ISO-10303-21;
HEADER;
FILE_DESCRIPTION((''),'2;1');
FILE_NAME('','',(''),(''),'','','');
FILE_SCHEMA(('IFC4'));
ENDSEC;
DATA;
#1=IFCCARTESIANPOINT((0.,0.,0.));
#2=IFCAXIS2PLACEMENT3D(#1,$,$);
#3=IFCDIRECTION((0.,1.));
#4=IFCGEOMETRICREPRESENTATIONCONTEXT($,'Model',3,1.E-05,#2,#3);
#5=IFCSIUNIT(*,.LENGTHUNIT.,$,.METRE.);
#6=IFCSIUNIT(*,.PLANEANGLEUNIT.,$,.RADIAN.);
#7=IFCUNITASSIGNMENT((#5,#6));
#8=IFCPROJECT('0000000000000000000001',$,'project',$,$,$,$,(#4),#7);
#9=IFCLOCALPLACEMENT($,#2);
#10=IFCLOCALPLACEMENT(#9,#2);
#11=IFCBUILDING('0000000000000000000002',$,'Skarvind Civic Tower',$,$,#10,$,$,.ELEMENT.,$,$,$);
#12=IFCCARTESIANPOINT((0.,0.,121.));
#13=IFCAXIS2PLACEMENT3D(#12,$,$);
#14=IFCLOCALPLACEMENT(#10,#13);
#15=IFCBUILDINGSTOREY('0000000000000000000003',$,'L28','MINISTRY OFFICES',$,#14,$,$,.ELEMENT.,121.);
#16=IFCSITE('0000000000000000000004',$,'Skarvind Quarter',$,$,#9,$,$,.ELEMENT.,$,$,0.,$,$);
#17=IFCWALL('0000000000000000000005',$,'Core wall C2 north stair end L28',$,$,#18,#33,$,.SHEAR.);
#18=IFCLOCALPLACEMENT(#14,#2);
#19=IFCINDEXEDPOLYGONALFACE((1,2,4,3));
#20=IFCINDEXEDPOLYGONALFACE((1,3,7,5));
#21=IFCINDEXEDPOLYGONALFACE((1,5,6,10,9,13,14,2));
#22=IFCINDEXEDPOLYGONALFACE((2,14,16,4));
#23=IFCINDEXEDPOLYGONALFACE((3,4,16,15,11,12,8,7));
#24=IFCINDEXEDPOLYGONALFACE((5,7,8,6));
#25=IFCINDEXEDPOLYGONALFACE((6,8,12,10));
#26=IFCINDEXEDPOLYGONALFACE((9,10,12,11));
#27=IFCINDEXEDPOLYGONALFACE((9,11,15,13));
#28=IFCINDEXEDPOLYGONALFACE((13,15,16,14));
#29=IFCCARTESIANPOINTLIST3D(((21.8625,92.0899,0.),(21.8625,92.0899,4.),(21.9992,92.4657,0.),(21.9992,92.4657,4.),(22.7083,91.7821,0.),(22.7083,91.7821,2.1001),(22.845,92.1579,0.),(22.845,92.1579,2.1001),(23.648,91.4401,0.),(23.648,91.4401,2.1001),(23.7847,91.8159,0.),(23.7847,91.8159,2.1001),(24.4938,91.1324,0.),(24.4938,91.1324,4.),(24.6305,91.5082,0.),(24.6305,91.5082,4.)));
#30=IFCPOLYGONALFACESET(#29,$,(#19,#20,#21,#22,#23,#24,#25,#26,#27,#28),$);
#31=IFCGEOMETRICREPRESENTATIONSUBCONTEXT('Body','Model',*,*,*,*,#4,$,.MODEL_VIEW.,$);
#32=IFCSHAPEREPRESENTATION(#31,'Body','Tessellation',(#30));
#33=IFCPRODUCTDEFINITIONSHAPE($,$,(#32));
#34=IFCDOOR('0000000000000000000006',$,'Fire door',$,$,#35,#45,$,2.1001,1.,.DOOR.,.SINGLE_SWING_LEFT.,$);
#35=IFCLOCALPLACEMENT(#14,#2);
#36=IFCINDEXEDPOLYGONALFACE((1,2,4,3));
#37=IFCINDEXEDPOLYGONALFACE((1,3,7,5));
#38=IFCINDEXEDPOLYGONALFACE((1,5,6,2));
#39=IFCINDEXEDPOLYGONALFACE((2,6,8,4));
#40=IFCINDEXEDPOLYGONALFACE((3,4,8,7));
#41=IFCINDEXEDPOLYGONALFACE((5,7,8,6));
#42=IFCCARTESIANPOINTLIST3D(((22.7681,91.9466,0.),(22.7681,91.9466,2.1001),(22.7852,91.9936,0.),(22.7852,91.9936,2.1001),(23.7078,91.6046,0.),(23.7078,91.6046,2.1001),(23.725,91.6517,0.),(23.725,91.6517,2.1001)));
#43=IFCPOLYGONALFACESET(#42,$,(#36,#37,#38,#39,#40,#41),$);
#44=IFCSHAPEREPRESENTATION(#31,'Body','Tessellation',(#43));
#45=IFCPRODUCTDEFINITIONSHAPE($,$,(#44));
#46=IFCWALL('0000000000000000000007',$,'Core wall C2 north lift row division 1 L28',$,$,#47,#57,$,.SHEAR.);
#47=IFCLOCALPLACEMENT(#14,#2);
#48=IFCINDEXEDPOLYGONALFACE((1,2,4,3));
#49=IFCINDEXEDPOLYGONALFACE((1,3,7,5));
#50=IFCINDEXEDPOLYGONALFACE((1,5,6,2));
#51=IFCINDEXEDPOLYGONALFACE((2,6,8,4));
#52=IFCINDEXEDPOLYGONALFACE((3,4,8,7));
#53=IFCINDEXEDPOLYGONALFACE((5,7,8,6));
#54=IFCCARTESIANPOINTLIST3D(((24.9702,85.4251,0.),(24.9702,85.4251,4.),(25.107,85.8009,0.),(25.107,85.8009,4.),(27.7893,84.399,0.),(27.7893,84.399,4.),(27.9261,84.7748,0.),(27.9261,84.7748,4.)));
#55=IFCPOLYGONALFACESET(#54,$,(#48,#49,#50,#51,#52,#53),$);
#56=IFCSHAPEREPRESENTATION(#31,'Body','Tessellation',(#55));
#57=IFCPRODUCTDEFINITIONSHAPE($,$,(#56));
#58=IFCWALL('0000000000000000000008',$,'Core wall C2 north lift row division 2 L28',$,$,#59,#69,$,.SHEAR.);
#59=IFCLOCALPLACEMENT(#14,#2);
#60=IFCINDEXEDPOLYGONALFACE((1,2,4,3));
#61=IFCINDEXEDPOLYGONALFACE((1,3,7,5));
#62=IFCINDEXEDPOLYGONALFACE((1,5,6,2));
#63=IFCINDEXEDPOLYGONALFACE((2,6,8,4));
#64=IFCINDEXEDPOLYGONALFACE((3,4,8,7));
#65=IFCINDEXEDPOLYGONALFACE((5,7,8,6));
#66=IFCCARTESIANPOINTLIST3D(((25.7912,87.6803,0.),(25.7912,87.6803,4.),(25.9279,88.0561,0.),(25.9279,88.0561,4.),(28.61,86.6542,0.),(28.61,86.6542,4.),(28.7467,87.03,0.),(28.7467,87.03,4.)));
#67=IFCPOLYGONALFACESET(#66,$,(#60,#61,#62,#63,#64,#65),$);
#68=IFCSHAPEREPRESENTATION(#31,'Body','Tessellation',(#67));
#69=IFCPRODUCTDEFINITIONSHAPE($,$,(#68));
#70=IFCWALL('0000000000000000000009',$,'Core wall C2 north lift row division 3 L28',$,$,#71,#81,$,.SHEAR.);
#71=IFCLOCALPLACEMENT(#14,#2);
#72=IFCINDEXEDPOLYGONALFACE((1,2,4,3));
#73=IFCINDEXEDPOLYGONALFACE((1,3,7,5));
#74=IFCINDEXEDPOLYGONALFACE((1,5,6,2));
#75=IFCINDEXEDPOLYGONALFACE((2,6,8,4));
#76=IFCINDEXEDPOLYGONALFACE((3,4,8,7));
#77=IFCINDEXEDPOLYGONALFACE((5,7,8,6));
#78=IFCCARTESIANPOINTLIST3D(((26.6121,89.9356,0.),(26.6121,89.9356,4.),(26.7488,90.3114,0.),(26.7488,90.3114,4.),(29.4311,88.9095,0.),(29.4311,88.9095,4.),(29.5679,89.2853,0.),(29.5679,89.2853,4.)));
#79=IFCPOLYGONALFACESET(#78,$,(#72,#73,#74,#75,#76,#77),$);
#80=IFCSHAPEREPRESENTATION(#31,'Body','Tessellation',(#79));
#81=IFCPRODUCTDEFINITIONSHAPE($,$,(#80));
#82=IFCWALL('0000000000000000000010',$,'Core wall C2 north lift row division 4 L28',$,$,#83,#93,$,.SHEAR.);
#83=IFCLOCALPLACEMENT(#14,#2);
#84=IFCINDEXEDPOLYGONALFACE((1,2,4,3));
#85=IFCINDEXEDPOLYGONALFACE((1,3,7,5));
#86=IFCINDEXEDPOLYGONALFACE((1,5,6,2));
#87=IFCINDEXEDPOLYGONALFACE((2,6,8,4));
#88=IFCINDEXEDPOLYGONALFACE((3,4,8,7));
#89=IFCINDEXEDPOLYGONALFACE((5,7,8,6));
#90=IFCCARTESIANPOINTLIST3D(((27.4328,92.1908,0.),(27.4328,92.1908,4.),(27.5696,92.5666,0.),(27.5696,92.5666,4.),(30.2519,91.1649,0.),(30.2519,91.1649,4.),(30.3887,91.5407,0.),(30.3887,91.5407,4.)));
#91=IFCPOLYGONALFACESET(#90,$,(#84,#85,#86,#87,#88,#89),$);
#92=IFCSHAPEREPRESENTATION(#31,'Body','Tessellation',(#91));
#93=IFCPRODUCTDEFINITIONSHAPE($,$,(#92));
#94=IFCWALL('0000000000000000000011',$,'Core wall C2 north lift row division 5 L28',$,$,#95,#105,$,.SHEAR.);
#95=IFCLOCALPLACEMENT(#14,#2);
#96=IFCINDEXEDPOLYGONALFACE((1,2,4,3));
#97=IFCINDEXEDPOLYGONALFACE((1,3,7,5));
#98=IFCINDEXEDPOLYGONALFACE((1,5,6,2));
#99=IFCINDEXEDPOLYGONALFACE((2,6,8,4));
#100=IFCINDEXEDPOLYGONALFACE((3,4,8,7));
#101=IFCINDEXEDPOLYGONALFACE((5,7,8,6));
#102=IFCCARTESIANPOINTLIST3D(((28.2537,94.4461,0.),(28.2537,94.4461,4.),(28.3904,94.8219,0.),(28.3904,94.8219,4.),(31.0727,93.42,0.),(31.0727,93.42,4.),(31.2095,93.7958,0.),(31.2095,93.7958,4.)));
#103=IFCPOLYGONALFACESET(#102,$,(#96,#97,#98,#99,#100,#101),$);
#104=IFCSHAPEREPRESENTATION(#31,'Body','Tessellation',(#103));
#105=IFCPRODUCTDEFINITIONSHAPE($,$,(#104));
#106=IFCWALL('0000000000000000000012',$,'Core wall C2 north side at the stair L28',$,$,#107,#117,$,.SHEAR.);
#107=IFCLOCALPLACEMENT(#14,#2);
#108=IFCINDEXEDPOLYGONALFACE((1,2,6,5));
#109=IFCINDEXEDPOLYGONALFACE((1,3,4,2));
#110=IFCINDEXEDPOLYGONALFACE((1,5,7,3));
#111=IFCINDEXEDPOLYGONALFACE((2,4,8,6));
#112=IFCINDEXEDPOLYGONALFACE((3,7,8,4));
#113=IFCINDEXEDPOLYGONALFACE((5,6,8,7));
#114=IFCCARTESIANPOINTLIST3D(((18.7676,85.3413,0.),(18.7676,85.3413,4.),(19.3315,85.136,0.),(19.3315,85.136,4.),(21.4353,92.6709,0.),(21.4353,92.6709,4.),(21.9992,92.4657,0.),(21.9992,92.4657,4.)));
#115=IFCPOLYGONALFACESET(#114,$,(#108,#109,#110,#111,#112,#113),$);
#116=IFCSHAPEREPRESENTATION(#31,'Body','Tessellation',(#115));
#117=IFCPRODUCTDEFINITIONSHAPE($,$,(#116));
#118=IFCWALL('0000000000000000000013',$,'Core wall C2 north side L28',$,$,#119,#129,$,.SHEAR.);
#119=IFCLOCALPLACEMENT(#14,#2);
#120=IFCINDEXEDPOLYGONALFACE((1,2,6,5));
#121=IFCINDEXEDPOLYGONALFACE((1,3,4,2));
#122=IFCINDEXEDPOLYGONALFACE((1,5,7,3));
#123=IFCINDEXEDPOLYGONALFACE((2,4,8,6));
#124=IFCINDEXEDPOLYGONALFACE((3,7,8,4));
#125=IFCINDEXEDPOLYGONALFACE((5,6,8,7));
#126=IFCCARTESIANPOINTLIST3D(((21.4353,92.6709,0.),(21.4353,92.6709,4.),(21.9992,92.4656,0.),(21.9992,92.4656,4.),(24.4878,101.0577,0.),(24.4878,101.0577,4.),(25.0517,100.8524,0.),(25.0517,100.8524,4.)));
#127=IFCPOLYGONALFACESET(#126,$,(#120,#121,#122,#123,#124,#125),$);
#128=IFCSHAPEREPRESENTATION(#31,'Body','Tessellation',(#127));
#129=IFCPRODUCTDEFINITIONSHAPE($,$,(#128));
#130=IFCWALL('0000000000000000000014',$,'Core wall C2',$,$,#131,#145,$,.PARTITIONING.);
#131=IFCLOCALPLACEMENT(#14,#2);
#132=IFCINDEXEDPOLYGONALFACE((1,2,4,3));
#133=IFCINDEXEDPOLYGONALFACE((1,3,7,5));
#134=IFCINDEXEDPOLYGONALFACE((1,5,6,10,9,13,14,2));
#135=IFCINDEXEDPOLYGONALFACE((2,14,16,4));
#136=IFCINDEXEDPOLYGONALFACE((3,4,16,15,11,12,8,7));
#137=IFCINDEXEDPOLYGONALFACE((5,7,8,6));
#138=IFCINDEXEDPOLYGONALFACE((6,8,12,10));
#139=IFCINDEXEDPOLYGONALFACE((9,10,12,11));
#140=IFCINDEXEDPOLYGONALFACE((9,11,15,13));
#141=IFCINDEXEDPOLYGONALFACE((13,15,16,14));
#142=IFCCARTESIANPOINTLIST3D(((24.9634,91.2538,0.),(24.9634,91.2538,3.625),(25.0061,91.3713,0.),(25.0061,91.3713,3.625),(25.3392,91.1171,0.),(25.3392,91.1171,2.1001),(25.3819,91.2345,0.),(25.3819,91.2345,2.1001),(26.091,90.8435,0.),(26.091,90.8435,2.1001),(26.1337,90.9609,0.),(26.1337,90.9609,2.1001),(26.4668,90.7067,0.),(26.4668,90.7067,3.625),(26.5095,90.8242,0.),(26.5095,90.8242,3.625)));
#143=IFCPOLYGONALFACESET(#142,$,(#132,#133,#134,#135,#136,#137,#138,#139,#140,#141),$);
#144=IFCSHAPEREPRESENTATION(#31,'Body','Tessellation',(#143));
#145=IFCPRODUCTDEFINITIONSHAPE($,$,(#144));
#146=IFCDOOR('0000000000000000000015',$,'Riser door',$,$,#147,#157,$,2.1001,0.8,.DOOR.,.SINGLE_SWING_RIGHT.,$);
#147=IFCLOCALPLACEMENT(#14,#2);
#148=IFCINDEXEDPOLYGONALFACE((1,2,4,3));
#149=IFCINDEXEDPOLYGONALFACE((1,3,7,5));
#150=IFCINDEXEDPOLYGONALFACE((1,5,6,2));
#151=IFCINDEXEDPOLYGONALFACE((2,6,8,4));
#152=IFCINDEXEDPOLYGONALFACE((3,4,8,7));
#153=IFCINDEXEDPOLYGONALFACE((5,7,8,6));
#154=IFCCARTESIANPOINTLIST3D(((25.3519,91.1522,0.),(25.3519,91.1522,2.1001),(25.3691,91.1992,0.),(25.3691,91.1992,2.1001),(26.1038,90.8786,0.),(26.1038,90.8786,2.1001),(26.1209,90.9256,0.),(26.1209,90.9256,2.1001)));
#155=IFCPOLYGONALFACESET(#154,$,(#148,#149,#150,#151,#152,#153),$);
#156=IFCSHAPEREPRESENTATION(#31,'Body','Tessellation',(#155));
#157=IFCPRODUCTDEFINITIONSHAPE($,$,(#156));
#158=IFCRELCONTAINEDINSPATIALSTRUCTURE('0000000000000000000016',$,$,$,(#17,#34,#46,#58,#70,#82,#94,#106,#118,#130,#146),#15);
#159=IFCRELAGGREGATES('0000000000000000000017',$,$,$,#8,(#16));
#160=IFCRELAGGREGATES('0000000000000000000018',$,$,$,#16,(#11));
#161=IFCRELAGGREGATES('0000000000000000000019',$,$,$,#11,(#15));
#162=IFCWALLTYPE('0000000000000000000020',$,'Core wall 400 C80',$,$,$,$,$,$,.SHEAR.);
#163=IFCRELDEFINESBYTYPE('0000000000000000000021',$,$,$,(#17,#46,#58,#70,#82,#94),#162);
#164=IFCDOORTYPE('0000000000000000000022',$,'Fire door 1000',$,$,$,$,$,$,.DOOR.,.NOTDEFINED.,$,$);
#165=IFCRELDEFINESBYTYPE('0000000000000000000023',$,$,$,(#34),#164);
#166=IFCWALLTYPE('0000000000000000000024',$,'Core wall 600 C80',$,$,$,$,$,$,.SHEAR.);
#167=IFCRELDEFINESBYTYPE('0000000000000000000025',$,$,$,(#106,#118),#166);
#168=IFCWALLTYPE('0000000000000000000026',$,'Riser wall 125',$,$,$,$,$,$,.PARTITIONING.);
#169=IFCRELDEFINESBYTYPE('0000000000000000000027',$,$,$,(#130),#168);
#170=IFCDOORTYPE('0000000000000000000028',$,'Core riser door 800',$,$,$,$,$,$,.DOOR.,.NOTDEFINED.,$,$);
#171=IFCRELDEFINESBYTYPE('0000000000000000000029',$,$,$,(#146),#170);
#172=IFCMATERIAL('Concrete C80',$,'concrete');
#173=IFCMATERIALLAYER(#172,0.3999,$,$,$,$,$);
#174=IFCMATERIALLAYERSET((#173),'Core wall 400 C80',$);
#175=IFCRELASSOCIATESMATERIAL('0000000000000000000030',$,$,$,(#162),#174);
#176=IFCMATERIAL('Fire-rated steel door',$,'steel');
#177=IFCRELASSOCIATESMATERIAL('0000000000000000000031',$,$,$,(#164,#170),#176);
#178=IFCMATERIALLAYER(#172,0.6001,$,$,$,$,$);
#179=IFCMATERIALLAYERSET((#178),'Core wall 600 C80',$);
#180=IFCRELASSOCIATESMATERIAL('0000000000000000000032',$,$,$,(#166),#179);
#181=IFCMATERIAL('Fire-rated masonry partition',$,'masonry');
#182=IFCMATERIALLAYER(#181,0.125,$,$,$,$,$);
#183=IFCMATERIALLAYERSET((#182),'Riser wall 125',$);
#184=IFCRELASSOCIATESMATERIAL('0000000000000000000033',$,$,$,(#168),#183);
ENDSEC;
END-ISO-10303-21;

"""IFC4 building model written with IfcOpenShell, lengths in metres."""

from ifc_helpers import new_model, si_unit, direction, frame, frame_2d, origin, place, context, subcontext, project, spatial, rectangle, extrude, material, layer, layer_set, type_object, element, fill, save


model = new_model("IFC4")

# Units and contexts
model_context = context("Model", 3, precision=1e-05, world=origin(), true_north=direction((0.0, 1.0)))
body_context = subcontext(model_context, "Body", "Model", "MODEL_VIEW")
ifc_project = project(units=[si_unit("LENGTHUNIT", "METRE"), si_unit("PLANEANGLEUNIT", "RADIAN")], contexts=[model_context])

# Site, building, storey
site_placement = place(None, origin())
site = spatial("IfcSite", under=ifc_project, at=site_placement, Name="Skarvind Quarter", CompositionType="ELEMENT", RefElevation=0.0)
building_placement = place(site_placement, origin())
building = spatial("IfcBuilding", under=site, at=building_placement, Name="Skarvind Civic Tower", CompositionType="ELEMENT")
storey_placement = place(building_placement, frame((0.0, 0.0, 121.0)))
storey = spatial("IfcBuildingStorey", under=building, at=storey_placement, Name="L28", Description="MINISTRY OFFICES", CompositionType="ELEMENT", Elevation=121.0)

# Wall, opening, door
ifc_material_1 = material(Name="Concrete C80", Category="concrete")
ifc_layer_1 = layer(ifc_material_1, 0.3999)
ifc_layer_set_1 = layer_set([ifc_layer_1], Name="Core wall 400 C80")
wall_type_1 = type_object("IfcWallType", Name="Core wall 400 C80", PredefinedType="SHEAR", material=ifc_layer_set_1)
wall_1_placement = place(storey_placement, frame((24.562, 91.3203, 0.0), z_axis=(0.0, 0.0, 1.0), x_axis=(-0.939717, 0.341953, 0.0)))
wall_1 = element("IfcWall", 1, at=wall_1_placement, inside=storey, type_object=wall_type_1, Name="Core wall C2 north stair end L28", PredefinedType="SHEAR", context=body_context, shape_type="SweptSolid", body=[
    extrude(rectangle(XDim=2.8, YDim=0.3999, at=frame_2d((1.3999, 0.0))), origin(), (0.0, 0.0, 1.0), 4.0),
])
opening_1_placement = place(wall_1_placement, frame((0.8999, 0.0, 0.0)))
opening_1 = element("IfcOpeningElement", 2, at=opening_1_placement, cuts=wall_1, PredefinedType="OPENING", context=body_context, shape_type="SweptSolid", body=[
    extrude(rectangle(XDim=1.0, YDim=2.1001, at=frame_2d((0.5, 1.05))), frame((0.0, 0.21, 0.0), z_axis=(0.0, -1.0, 0.0), x_axis=(1.0, 0.0, 0.0)), (0.0, 0.0, 1.0), 0.4199),
])
ifc_material_2 = material(Name="Fire-rated steel door", Category="steel")
door_type_1 = type_object("IfcDoorType", Name="Fire door 1000", OperationType="NOTDEFINED", PredefinedType="DOOR", material=ifc_material_2)
door_1_placement = place(opening_1_placement, origin())
door_1 = element("IfcDoor", 3, at=door_1_placement, inside=storey, type_object=door_type_1, Name="Fire door", OperationType="SINGLE_SWING_LEFT", OverallHeight=2.1001, OverallWidth=1.0, PredefinedType="DOOR", context=body_context, shape_type="SweptSolid", body=[
    extrude(rectangle(XDim=1.0, YDim=2.1001, at=frame_2d((0.5, 1.05))), frame((0.0, 0.0249, 0.0), z_axis=(0.0, -1.0, 0.0), x_axis=(1.0, 0.0, 0.0)), (0.0, 0.0, 1.0), 0.05),
])
fill(opening_1, door_1)

# Walls
wall_2_placement = place(storey_placement, frame((27.8577, 84.5869, 0.0), z_axis=(0.0, 0.0, 1.0), x_axis=(-0.939686, 0.342037, 0.0)))
element("IfcWall", 4, at=wall_2_placement, inside=storey, type_object=wall_type_1, Name="Core wall C2 north lift row division 1 L28", PredefinedType="SHEAR", context=body_context, shape_type="SweptSolid", body=[
    extrude(rectangle(XDim=3.0, YDim=0.3999, at=frame_2d((1.5, 0.0))), origin(), (0.0, 0.0, 1.0), 4.0),
])
wall_3_placement = place(storey_placement, frame((28.6785, 86.842, 0.0), z_axis=(0.0, 0.0, 1.0), x_axis=(-0.939677, 0.342063, 0.0)))
element("IfcWall", 5, at=wall_3_placement, inside=storey, type_object=wall_type_1, Name="Core wall C2 north lift row division 2 L28", PredefinedType="SHEAR", context=body_context, shape_type="SweptSolid", body=[
    extrude(rectangle(XDim=2.9998, YDim=0.3999, at=frame_2d((1.5, 0.0))), origin(), (0.0, 0.0, 1.0), 4.0),
])
for number, where, z_axis, x_axis, name in (
    (6, (29.4995, 89.0974, 0.0), (0.0, 0.0, 1.0), (-0.939686, 0.342037, 0.0), "Core wall C2 north lift row division 3 L28"),
    (7, (30.3203, 91.3528, 0.0), (0.0, 0.0, 1.0), (-0.939713, 0.341965, 0.0), "Core wall C2 north lift row division 4 L28"),
    (8, (31.1411, 93.6079, 0.0), (0.0, 0.0, 1.0), (-0.939686, 0.342037, 0.0), "Core wall C2 north lift row division 5 L28"),
):
    element("IfcWall", number, at=place(storey_placement, frame(where, z_axis=z_axis, x_axis=x_axis)), inside=storey, type_object=wall_type_1, Name=name, PredefinedType="SHEAR", context=body_context, shape_type="SweptSolid", body=[
        extrude(rectangle(XDim=3.0, YDim=0.3999, at=frame_2d((1.5, 0.0))), origin(), (0.0, 0.0, 1.0), 4.0),
    ])
ifc_layer_2 = layer(ifc_material_1, 0.6001)
ifc_layer_set_2 = layer_set([ifc_layer_2], Name="Core wall 600 C80")
wall_type_2 = type_object("IfcWallType", Name="Core wall 600 C80", PredefinedType="SHEAR", material=ifc_layer_set_2)
wall_4_placement = place(storey_placement, frame((19.0496, 85.2388, 0.0), z_axis=(0.0, 0.0, 1.0), x_axis=(0.342017, 0.939694, 0.0)))
element("IfcWall", 9, at=wall_4_placement, inside=storey, type_object=wall_type_2, Name="Core wall C2 north side at the stair L28", PredefinedType="SHEAR", context=body_context, shape_type="SweptSolid", body=[
    extrude(rectangle(XDim=7.8, YDim=0.6001, at=frame_2d((3.8999, 0.0))), origin(), (0.0, 0.0, 1.0), 4.0),
])
wall_5_placement = place(storey_placement, frame((21.7173, 92.5684, 0.0), z_axis=(0.0, 0.0, 1.0), x_axis=(0.342018, 0.939694, 0.0)))
element("IfcWall", 10, at=wall_5_placement, inside=storey, type_object=wall_type_2, Name="Core wall C2 north side L28", PredefinedType="SHEAR", context=body_context, shape_type="SweptSolid", body=[
    extrude(rectangle(XDim=8.925, YDim=0.6001, at=frame_2d((4.4624, 0.0))), origin(), (0.0, 0.0, 1.0), 4.0),
])

# Wall, opening, door
ifc_material_3 = material(Name="Fire-rated masonry partition", Category="masonry")
ifc_layer_3 = layer(ifc_material_3, 0.125)
ifc_layer_set_3 = layer_set([ifc_layer_3], Name="Riser wall 125")
wall_type_3 = type_object("IfcWallType", Name="Riser wall 125", PredefinedType="PARTITIONING", material=ifc_layer_set_3)
wall_6_placement = place(storey_placement, frame((24.9849, 91.3125, 0.0), z_axis=(0.0, 0.0, 1.0), x_axis=(0.939709, -0.341976, 0.0)))
wall_6 = element("IfcWall", 11, at=wall_6_placement, inside=storey, type_object=wall_type_3, Name="Core wall C2", PredefinedType="PARTITIONING", context=body_context, shape_type="SweptSolid", body=[
    extrude(rectangle(XDim=1.5999, YDim=0.125, at=frame_2d((0.7998, 0.0))), origin(), (0.0, 0.0, 1.0), 3.625),
])
opening_2_placement = place(wall_6_placement, frame((0.3999, 0.0, 0.0)))
opening_2 = element("IfcOpeningElement", 12, at=opening_2_placement, cuts=wall_6, PredefinedType="OPENING", context=body_context, shape_type="SweptSolid", body=[
    extrude(rectangle(XDim=0.8, YDim=2.1001, at=frame_2d((0.3999, 1.05))), frame((0.0, 0.0725, 0.0), z_axis=(0.0, -1.0, 0.0), x_axis=(1.0, 0.0, 0.0)), (0.0, 0.0, 1.0), 0.145),
])
door_type_2 = type_object("IfcDoorType", Name="Core riser door 800", OperationType="NOTDEFINED", PredefinedType="DOOR", material=ifc_material_2)
door_2_placement = place(opening_2_placement, origin())
door_2 = element("IfcDoor", 13, at=door_2_placement, inside=storey, type_object=door_type_2, Name="Riser door", OperationType="SINGLE_SWING_RIGHT", OverallHeight=2.1001, OverallWidth=0.8, PredefinedType="DOOR", context=body_context, shape_type="SweptSolid", body=[
    extrude(rectangle(XDim=0.8, YDim=2.1001, at=frame_2d((0.3999, 1.05))), frame((0.0, 0.0249, 0.0), z_axis=(0.0, -1.0, 0.0), x_axis=(1.0, 0.0, 0.0)), (0.0, 0.0, 1.0), 0.05),
])
fill(opening_2, door_2)

save(model, "model.ifc")
